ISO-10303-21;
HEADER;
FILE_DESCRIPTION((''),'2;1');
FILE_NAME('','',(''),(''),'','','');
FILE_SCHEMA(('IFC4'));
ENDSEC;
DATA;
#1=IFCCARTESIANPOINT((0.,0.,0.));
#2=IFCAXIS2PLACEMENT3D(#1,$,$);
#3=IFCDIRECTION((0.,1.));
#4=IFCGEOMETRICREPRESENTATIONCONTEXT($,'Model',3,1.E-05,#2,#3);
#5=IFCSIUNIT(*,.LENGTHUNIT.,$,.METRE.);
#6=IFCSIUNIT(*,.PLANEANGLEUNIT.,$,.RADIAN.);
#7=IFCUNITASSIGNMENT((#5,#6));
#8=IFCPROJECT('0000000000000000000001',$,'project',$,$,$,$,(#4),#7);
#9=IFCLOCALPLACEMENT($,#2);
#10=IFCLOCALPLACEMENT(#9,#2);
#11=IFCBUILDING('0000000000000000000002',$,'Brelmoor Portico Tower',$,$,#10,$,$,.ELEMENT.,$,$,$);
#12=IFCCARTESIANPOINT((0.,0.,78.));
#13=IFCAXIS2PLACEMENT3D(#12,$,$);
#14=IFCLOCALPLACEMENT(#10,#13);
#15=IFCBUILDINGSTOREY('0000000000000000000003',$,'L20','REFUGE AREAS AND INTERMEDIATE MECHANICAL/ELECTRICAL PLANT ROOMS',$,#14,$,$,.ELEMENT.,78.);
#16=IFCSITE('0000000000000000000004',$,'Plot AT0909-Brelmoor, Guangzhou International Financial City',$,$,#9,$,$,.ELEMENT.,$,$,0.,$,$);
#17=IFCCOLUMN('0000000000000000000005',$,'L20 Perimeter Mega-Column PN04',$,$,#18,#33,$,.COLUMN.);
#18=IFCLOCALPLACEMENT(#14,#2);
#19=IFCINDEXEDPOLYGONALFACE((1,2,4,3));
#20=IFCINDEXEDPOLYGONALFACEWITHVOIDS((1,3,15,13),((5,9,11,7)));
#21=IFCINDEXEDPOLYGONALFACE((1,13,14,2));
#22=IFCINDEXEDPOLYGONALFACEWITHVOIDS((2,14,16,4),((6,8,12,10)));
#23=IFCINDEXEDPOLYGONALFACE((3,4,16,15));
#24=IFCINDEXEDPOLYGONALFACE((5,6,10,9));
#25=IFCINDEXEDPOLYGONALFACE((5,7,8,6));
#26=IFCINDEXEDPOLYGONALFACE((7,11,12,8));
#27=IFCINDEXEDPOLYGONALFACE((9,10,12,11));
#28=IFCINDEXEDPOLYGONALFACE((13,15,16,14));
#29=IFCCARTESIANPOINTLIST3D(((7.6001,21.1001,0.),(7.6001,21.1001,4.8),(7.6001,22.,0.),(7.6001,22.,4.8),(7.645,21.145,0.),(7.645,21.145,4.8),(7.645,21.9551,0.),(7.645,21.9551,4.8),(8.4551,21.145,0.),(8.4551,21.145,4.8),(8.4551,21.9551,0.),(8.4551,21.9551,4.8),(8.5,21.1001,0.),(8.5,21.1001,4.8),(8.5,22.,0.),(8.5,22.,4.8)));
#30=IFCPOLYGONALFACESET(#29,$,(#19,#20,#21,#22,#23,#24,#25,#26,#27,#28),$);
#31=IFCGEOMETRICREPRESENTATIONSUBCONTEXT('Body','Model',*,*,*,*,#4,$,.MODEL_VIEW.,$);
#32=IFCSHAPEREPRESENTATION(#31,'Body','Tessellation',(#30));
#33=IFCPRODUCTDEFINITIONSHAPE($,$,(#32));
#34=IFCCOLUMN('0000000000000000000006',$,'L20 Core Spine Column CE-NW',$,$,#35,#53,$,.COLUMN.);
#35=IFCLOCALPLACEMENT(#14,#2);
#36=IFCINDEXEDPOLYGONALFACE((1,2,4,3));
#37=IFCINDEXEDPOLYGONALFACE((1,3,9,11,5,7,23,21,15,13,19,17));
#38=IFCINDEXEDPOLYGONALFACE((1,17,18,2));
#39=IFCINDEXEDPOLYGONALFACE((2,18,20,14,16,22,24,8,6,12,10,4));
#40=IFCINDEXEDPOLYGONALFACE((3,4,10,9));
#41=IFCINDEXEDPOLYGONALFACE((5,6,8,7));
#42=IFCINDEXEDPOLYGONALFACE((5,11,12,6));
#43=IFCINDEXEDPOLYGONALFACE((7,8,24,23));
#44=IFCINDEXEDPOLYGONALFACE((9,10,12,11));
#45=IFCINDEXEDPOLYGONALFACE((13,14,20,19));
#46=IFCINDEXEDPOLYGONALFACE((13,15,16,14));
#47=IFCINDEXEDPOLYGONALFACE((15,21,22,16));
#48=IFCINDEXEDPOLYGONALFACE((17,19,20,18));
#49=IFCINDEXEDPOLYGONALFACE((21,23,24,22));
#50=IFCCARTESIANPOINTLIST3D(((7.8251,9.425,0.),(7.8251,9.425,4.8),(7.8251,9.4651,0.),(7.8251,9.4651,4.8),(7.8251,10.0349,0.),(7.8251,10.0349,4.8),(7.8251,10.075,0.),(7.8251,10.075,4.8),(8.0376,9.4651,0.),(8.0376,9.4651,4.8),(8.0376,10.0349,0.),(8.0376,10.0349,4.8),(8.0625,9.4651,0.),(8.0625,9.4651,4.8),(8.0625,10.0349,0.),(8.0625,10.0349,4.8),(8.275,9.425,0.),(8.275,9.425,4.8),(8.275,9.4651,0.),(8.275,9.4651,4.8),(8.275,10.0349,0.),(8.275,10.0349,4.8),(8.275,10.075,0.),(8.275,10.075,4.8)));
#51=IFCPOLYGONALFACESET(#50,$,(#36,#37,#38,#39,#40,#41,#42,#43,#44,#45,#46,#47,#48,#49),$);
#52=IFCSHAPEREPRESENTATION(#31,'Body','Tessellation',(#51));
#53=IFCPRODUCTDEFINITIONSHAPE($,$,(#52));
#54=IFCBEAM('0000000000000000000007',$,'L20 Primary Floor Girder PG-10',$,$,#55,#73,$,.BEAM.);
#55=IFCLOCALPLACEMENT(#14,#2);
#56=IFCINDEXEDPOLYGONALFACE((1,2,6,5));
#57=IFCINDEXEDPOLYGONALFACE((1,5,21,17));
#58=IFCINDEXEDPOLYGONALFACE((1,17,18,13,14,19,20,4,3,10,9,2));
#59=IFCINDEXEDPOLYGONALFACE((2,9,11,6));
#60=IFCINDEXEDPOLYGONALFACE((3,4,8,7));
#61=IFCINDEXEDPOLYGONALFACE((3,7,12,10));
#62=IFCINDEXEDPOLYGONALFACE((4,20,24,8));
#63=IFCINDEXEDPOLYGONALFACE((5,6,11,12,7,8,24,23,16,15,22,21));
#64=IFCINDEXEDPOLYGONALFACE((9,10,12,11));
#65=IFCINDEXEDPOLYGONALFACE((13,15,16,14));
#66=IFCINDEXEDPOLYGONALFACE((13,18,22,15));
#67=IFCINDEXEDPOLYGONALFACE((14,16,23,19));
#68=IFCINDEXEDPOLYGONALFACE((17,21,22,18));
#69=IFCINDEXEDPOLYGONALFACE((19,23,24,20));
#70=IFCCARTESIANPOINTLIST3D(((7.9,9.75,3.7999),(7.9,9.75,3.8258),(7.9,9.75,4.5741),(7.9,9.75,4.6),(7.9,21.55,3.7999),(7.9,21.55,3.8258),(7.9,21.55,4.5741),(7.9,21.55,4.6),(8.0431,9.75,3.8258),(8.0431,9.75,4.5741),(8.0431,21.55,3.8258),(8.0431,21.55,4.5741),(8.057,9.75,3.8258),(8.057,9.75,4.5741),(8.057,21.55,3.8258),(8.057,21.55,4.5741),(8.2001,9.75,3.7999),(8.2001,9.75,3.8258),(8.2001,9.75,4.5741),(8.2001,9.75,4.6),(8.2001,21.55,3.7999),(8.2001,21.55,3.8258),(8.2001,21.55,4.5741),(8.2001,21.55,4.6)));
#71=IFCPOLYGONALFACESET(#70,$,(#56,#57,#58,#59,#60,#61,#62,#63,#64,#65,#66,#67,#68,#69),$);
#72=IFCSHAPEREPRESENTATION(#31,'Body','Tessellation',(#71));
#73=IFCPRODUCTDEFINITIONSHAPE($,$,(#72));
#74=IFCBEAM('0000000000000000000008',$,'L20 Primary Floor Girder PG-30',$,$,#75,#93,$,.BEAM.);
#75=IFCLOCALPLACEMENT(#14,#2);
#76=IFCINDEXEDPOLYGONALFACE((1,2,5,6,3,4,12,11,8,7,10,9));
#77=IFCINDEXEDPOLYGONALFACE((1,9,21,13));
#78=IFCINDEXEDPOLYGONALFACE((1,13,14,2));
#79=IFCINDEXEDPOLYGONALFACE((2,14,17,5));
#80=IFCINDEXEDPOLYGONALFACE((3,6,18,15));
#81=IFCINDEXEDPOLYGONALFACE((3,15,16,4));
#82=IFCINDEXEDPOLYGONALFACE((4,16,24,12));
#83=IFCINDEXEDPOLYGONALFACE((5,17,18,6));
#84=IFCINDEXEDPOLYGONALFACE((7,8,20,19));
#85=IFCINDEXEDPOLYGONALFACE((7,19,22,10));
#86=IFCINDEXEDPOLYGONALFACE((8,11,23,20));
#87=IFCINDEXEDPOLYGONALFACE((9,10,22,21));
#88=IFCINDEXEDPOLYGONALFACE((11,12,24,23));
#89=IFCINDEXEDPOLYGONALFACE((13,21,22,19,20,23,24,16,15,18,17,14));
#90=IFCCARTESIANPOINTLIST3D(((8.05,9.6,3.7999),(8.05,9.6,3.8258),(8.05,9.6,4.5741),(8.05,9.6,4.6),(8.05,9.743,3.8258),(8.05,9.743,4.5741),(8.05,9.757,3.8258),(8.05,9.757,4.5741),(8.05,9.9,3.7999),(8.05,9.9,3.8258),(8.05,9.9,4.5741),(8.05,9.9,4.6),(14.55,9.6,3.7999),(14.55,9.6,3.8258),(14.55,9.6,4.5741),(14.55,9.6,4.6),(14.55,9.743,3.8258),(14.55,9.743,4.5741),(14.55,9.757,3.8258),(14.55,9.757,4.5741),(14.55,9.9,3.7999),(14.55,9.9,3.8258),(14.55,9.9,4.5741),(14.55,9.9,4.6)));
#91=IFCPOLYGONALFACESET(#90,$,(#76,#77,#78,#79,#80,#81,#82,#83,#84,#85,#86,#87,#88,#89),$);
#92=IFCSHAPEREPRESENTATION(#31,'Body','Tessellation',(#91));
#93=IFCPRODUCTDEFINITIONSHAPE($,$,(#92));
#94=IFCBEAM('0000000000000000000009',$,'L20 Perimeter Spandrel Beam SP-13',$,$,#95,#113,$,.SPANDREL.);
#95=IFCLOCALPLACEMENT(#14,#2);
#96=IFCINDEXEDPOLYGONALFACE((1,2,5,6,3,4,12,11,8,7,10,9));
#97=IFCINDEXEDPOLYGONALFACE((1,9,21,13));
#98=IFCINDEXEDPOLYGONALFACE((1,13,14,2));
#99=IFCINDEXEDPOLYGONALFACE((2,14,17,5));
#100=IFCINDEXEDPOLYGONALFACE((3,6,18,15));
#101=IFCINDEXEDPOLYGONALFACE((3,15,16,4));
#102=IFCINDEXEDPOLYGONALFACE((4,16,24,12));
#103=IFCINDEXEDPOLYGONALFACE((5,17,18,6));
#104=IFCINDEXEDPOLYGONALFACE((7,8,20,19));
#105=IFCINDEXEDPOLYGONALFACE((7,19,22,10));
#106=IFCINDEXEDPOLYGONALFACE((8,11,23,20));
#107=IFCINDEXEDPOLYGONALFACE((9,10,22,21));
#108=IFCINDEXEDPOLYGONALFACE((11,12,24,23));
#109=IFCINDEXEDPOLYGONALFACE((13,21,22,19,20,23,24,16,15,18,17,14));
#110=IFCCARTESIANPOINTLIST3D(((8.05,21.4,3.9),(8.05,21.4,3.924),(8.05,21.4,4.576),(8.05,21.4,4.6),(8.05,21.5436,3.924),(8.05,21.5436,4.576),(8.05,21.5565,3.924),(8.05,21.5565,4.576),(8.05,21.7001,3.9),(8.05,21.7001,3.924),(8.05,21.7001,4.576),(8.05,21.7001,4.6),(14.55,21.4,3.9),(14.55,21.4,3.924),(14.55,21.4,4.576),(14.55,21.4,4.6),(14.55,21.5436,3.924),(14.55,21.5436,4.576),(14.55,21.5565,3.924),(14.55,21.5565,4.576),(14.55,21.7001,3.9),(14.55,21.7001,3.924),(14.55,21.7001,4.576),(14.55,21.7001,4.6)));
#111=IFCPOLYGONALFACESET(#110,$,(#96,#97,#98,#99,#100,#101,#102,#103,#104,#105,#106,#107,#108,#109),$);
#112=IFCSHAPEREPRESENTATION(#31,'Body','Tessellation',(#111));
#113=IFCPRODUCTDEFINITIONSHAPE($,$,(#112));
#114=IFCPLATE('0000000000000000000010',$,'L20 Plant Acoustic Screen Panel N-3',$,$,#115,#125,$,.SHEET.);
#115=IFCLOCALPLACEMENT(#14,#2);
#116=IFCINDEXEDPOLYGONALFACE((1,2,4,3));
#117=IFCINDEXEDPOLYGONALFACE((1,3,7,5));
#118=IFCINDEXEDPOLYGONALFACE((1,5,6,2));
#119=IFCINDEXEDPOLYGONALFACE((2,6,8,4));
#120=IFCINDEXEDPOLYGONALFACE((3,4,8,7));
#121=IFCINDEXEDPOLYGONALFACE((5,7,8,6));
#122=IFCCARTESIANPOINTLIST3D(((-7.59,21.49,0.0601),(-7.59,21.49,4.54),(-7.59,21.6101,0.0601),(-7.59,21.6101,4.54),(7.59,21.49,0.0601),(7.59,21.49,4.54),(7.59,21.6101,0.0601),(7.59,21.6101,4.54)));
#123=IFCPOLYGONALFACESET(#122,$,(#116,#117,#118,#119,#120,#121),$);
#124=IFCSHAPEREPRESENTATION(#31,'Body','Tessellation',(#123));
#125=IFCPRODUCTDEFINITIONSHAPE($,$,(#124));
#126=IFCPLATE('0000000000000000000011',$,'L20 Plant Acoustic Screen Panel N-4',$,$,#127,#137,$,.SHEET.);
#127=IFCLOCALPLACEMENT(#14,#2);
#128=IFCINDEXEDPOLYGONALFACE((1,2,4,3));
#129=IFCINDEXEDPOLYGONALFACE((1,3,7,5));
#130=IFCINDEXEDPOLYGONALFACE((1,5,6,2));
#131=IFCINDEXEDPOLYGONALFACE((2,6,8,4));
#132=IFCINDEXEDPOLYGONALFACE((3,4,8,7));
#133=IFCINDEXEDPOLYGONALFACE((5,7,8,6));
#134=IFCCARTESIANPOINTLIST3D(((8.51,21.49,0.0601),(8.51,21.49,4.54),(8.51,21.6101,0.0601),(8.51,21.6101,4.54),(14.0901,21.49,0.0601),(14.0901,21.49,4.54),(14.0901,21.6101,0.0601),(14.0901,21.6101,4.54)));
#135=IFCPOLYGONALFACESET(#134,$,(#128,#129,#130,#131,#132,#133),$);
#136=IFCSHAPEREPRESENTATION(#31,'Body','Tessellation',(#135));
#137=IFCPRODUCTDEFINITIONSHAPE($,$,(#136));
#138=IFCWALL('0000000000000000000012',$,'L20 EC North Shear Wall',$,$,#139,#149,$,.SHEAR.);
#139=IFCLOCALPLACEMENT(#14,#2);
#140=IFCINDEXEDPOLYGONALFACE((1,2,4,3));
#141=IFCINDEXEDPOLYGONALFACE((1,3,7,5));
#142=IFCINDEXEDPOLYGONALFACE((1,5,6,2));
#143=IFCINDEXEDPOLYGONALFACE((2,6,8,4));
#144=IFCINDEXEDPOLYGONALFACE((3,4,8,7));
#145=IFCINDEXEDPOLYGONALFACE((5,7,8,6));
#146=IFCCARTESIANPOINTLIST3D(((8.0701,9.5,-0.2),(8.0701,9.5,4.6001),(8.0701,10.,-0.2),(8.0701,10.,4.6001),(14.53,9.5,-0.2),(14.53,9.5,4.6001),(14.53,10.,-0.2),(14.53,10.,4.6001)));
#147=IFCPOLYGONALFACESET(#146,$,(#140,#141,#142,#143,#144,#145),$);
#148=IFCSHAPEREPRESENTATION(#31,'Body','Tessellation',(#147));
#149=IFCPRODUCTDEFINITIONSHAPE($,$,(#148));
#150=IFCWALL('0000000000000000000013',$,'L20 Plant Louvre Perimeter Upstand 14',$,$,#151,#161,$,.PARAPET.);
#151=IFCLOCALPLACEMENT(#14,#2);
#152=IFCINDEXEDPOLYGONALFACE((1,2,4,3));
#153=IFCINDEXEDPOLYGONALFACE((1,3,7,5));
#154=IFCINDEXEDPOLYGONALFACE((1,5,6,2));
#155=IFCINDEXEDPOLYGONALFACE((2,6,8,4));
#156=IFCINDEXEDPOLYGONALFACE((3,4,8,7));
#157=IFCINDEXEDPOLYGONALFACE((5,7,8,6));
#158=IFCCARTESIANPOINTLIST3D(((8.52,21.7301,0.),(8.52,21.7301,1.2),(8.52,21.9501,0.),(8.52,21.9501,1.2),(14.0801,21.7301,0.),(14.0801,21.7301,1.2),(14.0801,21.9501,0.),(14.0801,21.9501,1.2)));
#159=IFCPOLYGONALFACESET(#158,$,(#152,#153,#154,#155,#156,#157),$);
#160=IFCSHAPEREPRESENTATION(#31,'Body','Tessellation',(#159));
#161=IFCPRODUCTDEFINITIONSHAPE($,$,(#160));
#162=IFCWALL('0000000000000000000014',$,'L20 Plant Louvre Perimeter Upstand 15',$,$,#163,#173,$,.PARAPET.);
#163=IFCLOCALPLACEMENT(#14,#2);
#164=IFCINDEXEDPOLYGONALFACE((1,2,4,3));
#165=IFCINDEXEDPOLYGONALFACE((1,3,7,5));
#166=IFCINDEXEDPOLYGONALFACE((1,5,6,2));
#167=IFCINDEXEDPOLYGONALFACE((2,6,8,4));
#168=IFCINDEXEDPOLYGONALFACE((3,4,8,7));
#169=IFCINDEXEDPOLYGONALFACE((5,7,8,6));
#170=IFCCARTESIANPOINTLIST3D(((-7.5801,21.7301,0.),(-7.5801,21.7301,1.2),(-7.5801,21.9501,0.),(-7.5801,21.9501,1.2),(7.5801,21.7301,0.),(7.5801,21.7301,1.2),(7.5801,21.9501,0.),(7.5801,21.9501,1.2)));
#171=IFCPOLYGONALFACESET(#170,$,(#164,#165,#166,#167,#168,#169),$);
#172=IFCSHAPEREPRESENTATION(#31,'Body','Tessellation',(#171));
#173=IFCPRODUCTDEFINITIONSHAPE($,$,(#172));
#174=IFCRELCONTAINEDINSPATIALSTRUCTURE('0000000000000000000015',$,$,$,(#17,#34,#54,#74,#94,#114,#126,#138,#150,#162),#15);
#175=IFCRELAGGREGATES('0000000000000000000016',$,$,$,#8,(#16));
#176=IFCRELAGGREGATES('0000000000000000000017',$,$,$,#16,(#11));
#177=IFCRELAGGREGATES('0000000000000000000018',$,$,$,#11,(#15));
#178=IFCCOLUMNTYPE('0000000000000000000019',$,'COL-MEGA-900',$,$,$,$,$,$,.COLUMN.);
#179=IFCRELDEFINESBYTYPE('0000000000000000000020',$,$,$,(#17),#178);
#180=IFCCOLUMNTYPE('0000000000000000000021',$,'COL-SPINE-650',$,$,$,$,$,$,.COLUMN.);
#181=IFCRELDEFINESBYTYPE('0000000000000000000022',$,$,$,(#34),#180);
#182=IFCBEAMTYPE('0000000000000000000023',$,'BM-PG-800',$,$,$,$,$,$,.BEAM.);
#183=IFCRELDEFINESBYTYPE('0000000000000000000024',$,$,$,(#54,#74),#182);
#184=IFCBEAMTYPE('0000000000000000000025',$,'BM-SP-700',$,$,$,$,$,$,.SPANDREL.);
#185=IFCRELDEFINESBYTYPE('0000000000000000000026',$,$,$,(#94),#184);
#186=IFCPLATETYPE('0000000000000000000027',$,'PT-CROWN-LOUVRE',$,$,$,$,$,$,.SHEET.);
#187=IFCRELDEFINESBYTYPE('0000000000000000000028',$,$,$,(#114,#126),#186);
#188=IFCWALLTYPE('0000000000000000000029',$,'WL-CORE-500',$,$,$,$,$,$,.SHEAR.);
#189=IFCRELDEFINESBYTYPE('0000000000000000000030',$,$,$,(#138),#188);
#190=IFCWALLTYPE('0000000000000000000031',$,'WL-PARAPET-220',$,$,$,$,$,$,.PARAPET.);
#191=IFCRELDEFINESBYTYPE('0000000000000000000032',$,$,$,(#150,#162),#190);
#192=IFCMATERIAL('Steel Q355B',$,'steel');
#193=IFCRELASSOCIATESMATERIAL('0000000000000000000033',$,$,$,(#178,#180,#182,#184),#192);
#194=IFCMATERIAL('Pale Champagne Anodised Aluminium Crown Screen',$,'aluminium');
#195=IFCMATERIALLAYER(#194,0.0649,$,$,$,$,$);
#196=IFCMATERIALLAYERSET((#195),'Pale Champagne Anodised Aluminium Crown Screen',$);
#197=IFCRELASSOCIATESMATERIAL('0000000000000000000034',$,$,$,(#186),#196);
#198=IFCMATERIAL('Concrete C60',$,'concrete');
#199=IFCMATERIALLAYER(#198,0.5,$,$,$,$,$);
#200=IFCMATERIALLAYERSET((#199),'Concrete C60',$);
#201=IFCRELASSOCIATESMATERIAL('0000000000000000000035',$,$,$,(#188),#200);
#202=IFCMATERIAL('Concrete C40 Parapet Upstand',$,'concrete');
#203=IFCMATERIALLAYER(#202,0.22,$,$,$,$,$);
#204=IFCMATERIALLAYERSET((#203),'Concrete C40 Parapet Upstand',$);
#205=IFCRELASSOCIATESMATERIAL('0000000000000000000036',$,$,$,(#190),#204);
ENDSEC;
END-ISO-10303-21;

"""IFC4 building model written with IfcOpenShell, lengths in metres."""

from ifc_helpers import new_model, si_unit, direction, frame, frame_2d, origin, origin_2d, place, context, subcontext, project, spatial, rectangle, hollow_rectangle, i_section, extrude, material, layer, layer_set, material_profile, profile_set, type_object, element, save


model = new_model("IFC4")

# Units and contexts
model_context = context("Model", 3, precision=1e-05, world=origin(), true_north=direction((0.0, 1.0)))
body_context = subcontext(model_context, "Body", "Model", "MODEL_VIEW")
ifc_project = project(units=[si_unit("LENGTHUNIT", "METRE"), si_unit("PLANEANGLEUNIT", "RADIAN")], contexts=[model_context])

# Site, building, storey
site_placement = place(None, origin())
site = spatial("IfcSite", under=ifc_project, at=site_placement, Name="Plot AT0909-Brelmoor, Guangzhou International Financial City", CompositionType="ELEMENT", RefElevation=0.0)
building_placement = place(site_placement, origin())
building = spatial("IfcBuilding", under=site, at=building_placement, Name="Brelmoor Portico Tower", CompositionType="ELEMENT")
storey_placement = place(building_placement, frame((0.0, 0.0, 78.0)))
storey = spatial("IfcBuildingStorey", under=building, at=storey_placement, Name="L20", Description="REFUGE AREAS AND INTERMEDIATE MECHANICAL/ELECTRICAL PLANT ROOMS", CompositionType="ELEMENT", Elevation=78.0)

# Columns
ifc_material_1 = material(Name="Steel Q355B", Category="steel")
ifc_material_profile_1 = material_profile(ifc_material_1, hollow_rectangle(XDim=0.8999, YDim=0.8999, WallThickness=0.0449, at=origin_2d()), Name="BOX 900x900x45")
ifc_profile_set_1 = profile_set([ifc_material_profile_1], Name="Steel Q355B")
column_type_1 = type_object("IfcColumnType", Name="COL-MEGA-900", PredefinedType="COLUMN", material=ifc_profile_set_1)
column_1_placement = place(storey_placement, frame((8.05, 21.55, 0.0), z_axis=(0.0, 0.0, 1.0), x_axis=(1.0, 0.0, 0.0)))
element("IfcColumn", 1, at=column_1_placement, inside=storey, type_object=column_type_1, Name="L20 Perimeter Mega-Column PN04", PredefinedType="COLUMN", context=body_context, shape_type="SweptSolid", body=[
    extrude(hollow_rectangle(XDim=0.8999, YDim=0.8999, WallThickness=0.0449, at=origin_2d()), origin(), (0.0, 0.0, 1.0), 4.8),
])
ifc_material_profile_2 = material_profile(ifc_material_1, i_section(OverallWidth=0.45, OverallDepth=0.6499, WebThickness=0.0249, FlangeThickness=0.04, at=origin_2d()), Name="HW 650x450x25x40")
ifc_profile_set_2 = profile_set([ifc_material_profile_2], Name="Steel Q355B")
column_type_2 = type_object("IfcColumnType", Name="COL-SPINE-650", PredefinedType="COLUMN", material=ifc_profile_set_2)
column_2_placement = place(storey_placement, frame((8.05, 9.75, 0.0), z_axis=(0.0, 0.0, 1.0), x_axis=(1.0, 0.0, 0.0)))
element("IfcColumn", 2, at=column_2_placement, inside=storey, type_object=column_type_2, Name="L20 Core Spine Column CE-NW", PredefinedType="COLUMN", context=body_context, shape_type="SweptSolid", body=[
    extrude(i_section(OverallWidth=0.45, OverallDepth=0.6499, WebThickness=0.0249, FlangeThickness=0.04, at=origin_2d()), origin(), (0.0, 0.0, 1.0), 4.8),
])

# Beams
ifc_material_profile_3 = material_profile(ifc_material_1, i_section(OverallWidth=0.3, OverallDepth=0.8, WebThickness=0.0139, FlangeThickness=0.0259, at=origin_2d()), Name="HN 800x300x14x26")
ifc_profile_set_3 = profile_set([ifc_material_profile_3], Name="Steel Q355B")
beam_type_1 = type_object("IfcBeamType", Name="BM-PG-800", PredefinedType="BEAM", material=ifc_profile_set_3)
beam_1_placement = place(storey_placement, frame((8.05, 9.75, 4.2), z_axis=(0.0, 1.0, 0.0), x_axis=(-1.0, 0.0, 0.0)))
element("IfcBeam", 3, at=beam_1_placement, inside=storey, type_object=beam_type_1, Name="L20 Primary Floor Girder PG-10", PredefinedType="BEAM", context=body_context, shape_type="SweptSolid", body=[
    extrude(i_section(OverallWidth=0.3, OverallDepth=0.8, WebThickness=0.0139, FlangeThickness=0.0259, at=origin_2d()), origin(), (0.0, 0.0, 1.0), 11.8),
])
beam_2_placement = place(storey_placement, frame((8.05, 9.75, 4.2), z_axis=(1.0, 0.0, 0.0), x_axis=(0.0, 1.0, 0.0)))
element("IfcBeam", 4, at=beam_2_placement, inside=storey, type_object=beam_type_1, Name="L20 Primary Floor Girder PG-30", PredefinedType="BEAM", context=body_context, shape_type="SweptSolid", body=[
    extrude(i_section(OverallWidth=0.3, OverallDepth=0.8, WebThickness=0.0139, FlangeThickness=0.0259, at=origin_2d()), origin(), (0.0, 0.0, 1.0), 6.5),
])
ifc_material_profile_4 = material_profile(ifc_material_1, i_section(OverallWidth=0.3, OverallDepth=0.7, WebThickness=0.0129, FlangeThickness=0.0239, at=origin_2d()), Name="HN 700x300x13x24")
ifc_profile_set_4 = profile_set([ifc_material_profile_4], Name="Steel Q355B")
beam_type_2 = type_object("IfcBeamType", Name="BM-SP-700", PredefinedType="SPANDREL", material=ifc_profile_set_4)
beam_3_placement = place(storey_placement, frame((8.05, 21.55, 4.25), z_axis=(1.0, 0.0, 0.0), x_axis=(0.0, 1.0, 0.0)))
element("IfcBeam", 5, at=beam_3_placement, inside=storey, type_object=beam_type_2, Name="L20 Perimeter Spandrel Beam SP-13", PredefinedType="SPANDREL", context=body_context, shape_type="SweptSolid", body=[
    extrude(i_section(OverallWidth=0.3, OverallDepth=0.7, WebThickness=0.0129, FlangeThickness=0.0239, at=origin_2d()), origin(), (0.0, 0.0, 1.0), 6.5),
])

# Plates
ifc_material_2 = material(Name="Pale Champagne Anodised Aluminium Crown Screen", Category="aluminium")
ifc_layer_1 = layer(ifc_material_2, 0.0649)
ifc_layer_set_1 = layer_set([ifc_layer_1], Name="Pale Champagne Anodised Aluminium Crown Screen")
plate_type = type_object("IfcPlateType", Name="PT-CROWN-LOUVRE", PredefinedType="SHEET", material=ifc_layer_set_1)
plate_1_placement = place(storey_placement, frame((0.0, 21.55, 0.0601), z_axis=(0.0, 0.0, 1.0), x_axis=(1.0, 0.0, 0.0)))
element("IfcPlate", 6, at=plate_1_placement, inside=storey, type_object=plate_type, Name="L20 Plant Acoustic Screen Panel N-3", PredefinedType="SHEET", context=body_context, shape_type="SweptSolid", body=[
    extrude(rectangle(XDim=15.1799, YDim=0.1201, at=origin_2d()), origin(), (0.0, 0.0, 1.0), 4.48),
])
plate_2_placement = place(storey_placement, frame((11.3, 21.55, 0.0601), z_axis=(0.0, 0.0, 1.0), x_axis=(1.0, 0.0, 0.0)))
element("IfcPlate", 7, at=plate_2_placement, inside=storey, type_object=plate_type, Name="L20 Plant Acoustic Screen Panel N-4", PredefinedType="SHEET", context=body_context, shape_type="SweptSolid", body=[
    extrude(rectangle(XDim=5.5801, YDim=0.1201, at=origin_2d()), origin(), (0.0, 0.0, 1.0), 4.48),
])

# Walls
ifc_material_3 = material(Name="Concrete C60", Category="concrete")
ifc_layer_2 = layer(ifc_material_3, 0.5)
ifc_layer_set_2 = layer_set([ifc_layer_2], Name="Concrete C60")
wall_type_1 = type_object("IfcWallType", Name="WL-CORE-500", PredefinedType="SHEAR", material=ifc_layer_set_2)
wall_1_placement = place(storey_placement, frame((8.0701, 9.75, -0.2), z_axis=(0.0, 0.0, 1.0), x_axis=(1.0, 0.0, 0.0)))
element("IfcWall", 8, at=wall_1_placement, inside=storey, type_object=wall_type_1, Name="L20 EC North Shear Wall", PredefinedType="SHEAR", context=body_context, shape_type="SweptSolid", body=[
    extrude(rectangle(XDim=6.46, YDim=0.5, at=frame_2d((3.23, 0.0))), origin(), (0.0, 0.0, 1.0), 4.8),
])
ifc_material_4 = material(Name="Concrete C40 Parapet Upstand", Category="concrete")
ifc_layer_3 = layer(ifc_material_4, 0.22)
ifc_layer_set_3 = layer_set([ifc_layer_3], Name="Concrete C40 Parapet Upstand")
wall_type_2 = type_object("IfcWallType", Name="WL-PARAPET-220", PredefinedType="PARAPET", material=ifc_layer_set_3)
wall_2_placement = place(storey_placement, frame((14.0801, 21.8401, 0.0), z_axis=(0.0, 0.0, 1.0), x_axis=(-1.0, 0.0, 0.0)))
element("IfcWall", 9, at=wall_2_placement, inside=storey, type_object=wall_type_2, Name="L20 Plant Louvre Perimeter Upstand 14", PredefinedType="PARAPET", context=body_context, shape_type="SweptSolid", body=[
    extrude(rectangle(XDim=5.5601, YDim=0.22, at=frame_2d((2.78, 0.0))), origin(), (0.0, 0.0, 1.0), 1.2),
])
wall_3_placement = place(storey_placement, frame((7.5801, 21.8401, 0.0), z_axis=(0.0, 0.0, 1.0), x_axis=(-1.0, 0.0, 0.0)))
element("IfcWall", 10, at=wall_3_placement, inside=storey, type_object=wall_type_2, Name="L20 Plant Louvre Perimeter Upstand 15", PredefinedType="PARAPET", context=body_context, shape_type="SweptSolid", body=[
    extrude(rectangle(XDim=15.1602, YDim=0.22, at=frame_2d((7.5801, 0.0))), origin(), (0.0, 0.0, 1.0), 1.2),
])

save(model, "model.ifc")
